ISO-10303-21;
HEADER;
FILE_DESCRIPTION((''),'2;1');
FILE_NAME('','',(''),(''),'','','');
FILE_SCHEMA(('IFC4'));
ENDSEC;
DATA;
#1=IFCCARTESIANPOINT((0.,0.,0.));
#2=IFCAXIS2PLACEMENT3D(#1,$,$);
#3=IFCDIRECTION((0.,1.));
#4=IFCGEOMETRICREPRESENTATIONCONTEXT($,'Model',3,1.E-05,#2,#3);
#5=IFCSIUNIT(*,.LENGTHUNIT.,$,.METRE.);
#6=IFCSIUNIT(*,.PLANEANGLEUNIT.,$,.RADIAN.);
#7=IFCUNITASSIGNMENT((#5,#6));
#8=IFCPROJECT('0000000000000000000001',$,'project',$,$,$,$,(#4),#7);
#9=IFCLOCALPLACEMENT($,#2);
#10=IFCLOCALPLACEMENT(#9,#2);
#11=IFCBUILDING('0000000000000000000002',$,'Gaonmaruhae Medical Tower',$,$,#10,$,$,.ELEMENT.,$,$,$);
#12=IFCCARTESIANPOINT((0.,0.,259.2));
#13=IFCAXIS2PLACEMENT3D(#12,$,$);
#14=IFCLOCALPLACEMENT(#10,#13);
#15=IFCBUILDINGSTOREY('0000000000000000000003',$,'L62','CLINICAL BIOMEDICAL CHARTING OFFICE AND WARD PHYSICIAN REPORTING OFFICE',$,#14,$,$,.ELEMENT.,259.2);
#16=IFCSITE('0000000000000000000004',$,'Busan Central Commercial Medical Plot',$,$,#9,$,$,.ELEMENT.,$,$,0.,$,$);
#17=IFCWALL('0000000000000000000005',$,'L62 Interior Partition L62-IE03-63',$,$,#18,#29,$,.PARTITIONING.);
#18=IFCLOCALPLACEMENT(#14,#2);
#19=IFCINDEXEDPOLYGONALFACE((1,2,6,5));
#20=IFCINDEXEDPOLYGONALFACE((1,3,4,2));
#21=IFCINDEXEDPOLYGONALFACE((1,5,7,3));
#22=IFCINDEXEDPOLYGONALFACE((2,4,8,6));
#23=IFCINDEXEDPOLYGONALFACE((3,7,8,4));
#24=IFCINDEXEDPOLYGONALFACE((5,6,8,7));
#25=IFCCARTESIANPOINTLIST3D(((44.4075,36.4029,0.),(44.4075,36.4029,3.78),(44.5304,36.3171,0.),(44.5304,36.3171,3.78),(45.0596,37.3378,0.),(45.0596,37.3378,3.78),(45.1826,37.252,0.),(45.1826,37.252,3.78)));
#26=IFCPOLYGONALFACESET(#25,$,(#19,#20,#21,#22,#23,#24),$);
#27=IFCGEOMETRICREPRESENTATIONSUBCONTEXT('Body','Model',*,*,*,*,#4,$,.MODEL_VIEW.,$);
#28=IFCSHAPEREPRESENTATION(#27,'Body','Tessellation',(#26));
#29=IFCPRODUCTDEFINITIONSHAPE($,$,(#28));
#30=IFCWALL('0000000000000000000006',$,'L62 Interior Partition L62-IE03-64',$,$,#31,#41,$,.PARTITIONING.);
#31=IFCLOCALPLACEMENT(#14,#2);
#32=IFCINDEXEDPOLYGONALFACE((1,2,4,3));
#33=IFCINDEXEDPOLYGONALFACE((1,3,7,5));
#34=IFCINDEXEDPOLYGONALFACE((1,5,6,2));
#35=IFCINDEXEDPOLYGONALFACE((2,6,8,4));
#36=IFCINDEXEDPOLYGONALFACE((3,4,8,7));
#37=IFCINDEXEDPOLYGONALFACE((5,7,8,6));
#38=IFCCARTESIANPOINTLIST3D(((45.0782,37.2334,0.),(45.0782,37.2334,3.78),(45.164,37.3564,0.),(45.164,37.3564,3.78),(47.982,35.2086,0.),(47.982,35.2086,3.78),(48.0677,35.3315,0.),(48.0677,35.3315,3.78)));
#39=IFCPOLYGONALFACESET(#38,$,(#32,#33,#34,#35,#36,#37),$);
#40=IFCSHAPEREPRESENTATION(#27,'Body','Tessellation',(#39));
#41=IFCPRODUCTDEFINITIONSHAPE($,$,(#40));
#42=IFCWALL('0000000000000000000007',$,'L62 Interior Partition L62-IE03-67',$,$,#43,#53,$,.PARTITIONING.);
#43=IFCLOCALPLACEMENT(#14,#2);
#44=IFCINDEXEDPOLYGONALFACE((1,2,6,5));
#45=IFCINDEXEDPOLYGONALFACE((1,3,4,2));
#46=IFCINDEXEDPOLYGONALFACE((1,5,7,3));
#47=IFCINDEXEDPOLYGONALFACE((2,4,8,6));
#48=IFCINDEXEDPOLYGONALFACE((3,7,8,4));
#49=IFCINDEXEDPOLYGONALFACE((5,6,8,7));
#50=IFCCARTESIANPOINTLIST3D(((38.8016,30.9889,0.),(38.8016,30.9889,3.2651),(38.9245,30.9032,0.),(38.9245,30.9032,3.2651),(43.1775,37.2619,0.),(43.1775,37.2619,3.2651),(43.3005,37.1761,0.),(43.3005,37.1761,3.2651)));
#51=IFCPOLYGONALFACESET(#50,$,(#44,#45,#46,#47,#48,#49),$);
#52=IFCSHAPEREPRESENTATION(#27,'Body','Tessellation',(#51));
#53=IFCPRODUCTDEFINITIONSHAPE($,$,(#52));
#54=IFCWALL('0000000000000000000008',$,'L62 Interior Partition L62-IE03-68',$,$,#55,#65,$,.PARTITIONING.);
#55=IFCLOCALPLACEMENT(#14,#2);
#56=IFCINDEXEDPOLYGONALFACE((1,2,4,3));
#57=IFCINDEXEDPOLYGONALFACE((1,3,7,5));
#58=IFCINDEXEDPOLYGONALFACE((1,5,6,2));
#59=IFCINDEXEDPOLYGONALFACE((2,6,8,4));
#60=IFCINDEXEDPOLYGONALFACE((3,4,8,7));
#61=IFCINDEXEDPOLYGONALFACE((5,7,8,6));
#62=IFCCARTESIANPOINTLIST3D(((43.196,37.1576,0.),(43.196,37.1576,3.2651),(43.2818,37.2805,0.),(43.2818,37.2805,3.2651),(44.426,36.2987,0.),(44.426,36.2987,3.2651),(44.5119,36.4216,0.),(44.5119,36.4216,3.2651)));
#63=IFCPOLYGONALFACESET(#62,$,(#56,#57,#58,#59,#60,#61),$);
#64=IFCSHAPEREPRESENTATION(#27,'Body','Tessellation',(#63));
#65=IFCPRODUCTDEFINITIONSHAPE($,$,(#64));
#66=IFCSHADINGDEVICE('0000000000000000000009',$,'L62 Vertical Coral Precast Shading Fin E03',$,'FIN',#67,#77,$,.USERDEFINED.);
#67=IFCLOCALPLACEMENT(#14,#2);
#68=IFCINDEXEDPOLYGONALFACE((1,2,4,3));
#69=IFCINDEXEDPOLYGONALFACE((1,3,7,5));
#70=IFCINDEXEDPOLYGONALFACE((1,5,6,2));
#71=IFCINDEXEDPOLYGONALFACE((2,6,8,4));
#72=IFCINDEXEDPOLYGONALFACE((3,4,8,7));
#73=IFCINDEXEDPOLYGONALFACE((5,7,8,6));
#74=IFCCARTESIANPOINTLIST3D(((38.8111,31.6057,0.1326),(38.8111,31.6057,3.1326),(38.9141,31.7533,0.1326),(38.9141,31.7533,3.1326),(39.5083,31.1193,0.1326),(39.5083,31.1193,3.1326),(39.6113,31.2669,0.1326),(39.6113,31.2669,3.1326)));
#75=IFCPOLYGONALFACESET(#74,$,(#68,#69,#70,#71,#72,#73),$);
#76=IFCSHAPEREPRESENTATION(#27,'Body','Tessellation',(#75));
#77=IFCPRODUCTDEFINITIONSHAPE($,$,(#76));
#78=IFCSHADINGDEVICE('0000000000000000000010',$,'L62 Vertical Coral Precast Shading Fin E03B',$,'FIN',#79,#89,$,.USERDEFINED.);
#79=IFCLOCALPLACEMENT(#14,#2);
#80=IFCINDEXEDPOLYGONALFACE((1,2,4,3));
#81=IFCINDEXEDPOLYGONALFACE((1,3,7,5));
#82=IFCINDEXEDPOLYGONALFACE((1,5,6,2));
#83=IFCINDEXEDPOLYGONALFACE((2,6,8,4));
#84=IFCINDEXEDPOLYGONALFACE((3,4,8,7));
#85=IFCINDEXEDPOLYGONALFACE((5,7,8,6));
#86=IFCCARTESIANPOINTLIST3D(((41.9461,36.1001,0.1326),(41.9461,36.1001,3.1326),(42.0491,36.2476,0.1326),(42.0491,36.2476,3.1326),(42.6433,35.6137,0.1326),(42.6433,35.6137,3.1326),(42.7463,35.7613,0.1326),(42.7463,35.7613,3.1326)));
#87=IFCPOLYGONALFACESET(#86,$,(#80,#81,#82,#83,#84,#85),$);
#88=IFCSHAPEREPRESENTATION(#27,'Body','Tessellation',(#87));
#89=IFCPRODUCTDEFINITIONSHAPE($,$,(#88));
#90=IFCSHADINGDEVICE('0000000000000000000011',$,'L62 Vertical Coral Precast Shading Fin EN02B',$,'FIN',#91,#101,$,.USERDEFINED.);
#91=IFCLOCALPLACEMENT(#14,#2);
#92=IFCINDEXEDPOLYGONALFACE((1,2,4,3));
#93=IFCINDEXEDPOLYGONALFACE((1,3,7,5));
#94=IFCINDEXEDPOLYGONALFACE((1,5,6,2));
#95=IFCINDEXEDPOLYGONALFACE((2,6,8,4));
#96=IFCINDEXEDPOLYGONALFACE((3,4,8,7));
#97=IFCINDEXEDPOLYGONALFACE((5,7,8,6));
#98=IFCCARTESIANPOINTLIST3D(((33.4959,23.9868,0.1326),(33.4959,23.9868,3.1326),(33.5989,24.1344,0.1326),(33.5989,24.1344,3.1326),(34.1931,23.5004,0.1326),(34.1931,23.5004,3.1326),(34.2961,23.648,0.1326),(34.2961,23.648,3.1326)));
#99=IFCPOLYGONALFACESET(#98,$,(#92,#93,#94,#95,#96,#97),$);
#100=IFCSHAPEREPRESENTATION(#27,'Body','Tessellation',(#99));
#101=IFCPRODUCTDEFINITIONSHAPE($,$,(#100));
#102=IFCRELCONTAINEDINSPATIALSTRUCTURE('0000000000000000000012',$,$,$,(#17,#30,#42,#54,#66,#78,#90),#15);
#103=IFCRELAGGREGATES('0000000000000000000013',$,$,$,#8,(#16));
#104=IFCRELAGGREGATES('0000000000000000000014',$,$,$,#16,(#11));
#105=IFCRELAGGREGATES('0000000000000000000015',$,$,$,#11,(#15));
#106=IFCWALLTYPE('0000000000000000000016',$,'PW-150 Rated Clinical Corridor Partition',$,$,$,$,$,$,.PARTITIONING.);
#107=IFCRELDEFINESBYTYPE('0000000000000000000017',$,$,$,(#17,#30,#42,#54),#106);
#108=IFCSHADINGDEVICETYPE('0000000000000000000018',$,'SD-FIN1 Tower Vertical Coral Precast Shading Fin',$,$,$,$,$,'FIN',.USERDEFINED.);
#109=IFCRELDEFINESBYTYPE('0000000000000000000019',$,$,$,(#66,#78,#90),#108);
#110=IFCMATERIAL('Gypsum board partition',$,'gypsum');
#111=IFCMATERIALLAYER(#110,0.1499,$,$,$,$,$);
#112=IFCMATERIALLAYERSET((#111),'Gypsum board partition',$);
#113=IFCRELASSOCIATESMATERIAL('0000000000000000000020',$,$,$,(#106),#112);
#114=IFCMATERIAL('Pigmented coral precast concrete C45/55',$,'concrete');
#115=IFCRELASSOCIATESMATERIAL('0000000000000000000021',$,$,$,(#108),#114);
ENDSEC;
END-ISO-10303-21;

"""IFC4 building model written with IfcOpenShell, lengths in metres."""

from ifc_helpers import new_model, si_unit, direction, frame, frame_2d, origin, origin_2d, place, context, subcontext, project, spatial, rectangle, extrude, material, layer, layer_set, type_object, element, save


model = new_model("IFC4")

# Units and contexts
model_context = context("Model", 3, precision=1e-05, world=origin(), true_north=direction((0.0, 1.0)))
body_context = subcontext(model_context, "Body", "Model", "MODEL_VIEW")
ifc_project = project(units=[si_unit("LENGTHUNIT", "METRE"), si_unit("PLANEANGLEUNIT", "RADIAN")], contexts=[model_context])

# Site, building, storey
site_placement = place(None, origin())
site = spatial("IfcSite", under=ifc_project, at=site_placement, Name="Busan Central Commercial Medical Plot", CompositionType="ELEMENT", RefElevation=0.0)
building_placement = place(site_placement, origin())
building = spatial("IfcBuilding", under=site, at=building_placement, Name="Gaonmaruhae Medical Tower", CompositionType="ELEMENT")
storey_placement = place(building_placement, frame((0.0, 0.0, 259.2)))
storey = spatial("IfcBuildingStorey", under=building, at=storey_placement, Name="L62", Description="CLINICAL BIOMEDICAL CHARTING OFFICE AND WARD PHYSICIAN REPORTING OFFICE", CompositionType="ELEMENT", Elevation=259.2)

# Shared definitions
ifc_material_1 = material(Name="Gypsum board partition", Category="gypsum")
ifc_layer_1 = layer(ifc_material_1, 0.1499)
ifc_layer_set_1 = layer_set([ifc_layer_1], Name="Gypsum board partition")
wall_type_1 = type_object("IfcWallType", Name="PW-150 Rated Clinical Corridor Partition", PredefinedType="PARTITIONING", material=ifc_layer_set_1)

# Walls
wall_1_placement = place(storey_placement, frame((44.469, 36.3601, 0.0), z_axis=(0.0, 0.0, 1.0), x_axis=(0.572125, 0.820167, 0.0)))
element("IfcWall", 1, at=wall_1_placement, inside=storey, type_object=wall_type_1, Name="L62 Interior Partition L62-IE03-63", PredefinedType="PARTITIONING", context=body_context, shape_type="SweptSolid", body=[
    extrude(rectangle(XDim=1.1399, YDim=0.1499, at=frame_2d((0.5698, 0.0))), origin(), (0.0, 0.0, 1.0), 3.78),
])
wall_2_placement = place(storey_placement, frame((45.1211, 37.2949, 0.0), z_axis=(0.0, 0.0, 1.0), x_axis=(0.820261, -0.57199, 0.0)))
element("IfcWall", 2, at=wall_2_placement, inside=storey, type_object=wall_type_1, Name="L62 Interior Partition L62-IE03-64", PredefinedType="PARTITIONING", context=body_context, shape_type="SweptSolid", body=[
    extrude(rectangle(XDim=3.54, YDim=0.1499, at=frame_2d((1.77, 0.0))), origin(), (0.0, 0.0, 1.0), 3.78),
])
wall_3_placement = place(storey_placement, frame((38.863, 30.946, 0.0), z_axis=(0.0, 0.0, 1.0), x_axis=(0.572138, 0.820158, 0.0)))
element("IfcWall", 3, at=wall_3_placement, inside=storey, type_object=wall_type_1, Name="L62 Interior Partition L62-IE03-67", PredefinedType="PARTITIONING", context=body_context, shape_type="SweptSolid", body=[
    extrude(rectangle(XDim=7.6484, YDim=0.1499, at=frame_2d((3.8242, 0.0))), origin(), (0.0, 0.0, 1.0), 3.2651),
])
wall_4_placement = place(storey_placement, frame((43.239, 37.219, 0.0), z_axis=(0.0, 0.0, 1.0), x_axis=(0.819889, -0.572523, 0.0)))
element("IfcWall", 4, at=wall_4_placement, inside=storey, type_object=wall_type_1, Name="L62 Interior Partition L62-IE03-68", PredefinedType="PARTITIONING", context=body_context, shape_type="SweptSolid", body=[
    extrude(rectangle(XDim=1.5002, YDim=0.1499, at=frame_2d((0.75, 0.0))), origin(), (0.0, 0.0, 1.0), 3.2651),
])

# Shading devices
ifc_material_2 = material(Name="Pigmented coral precast concrete C45/55", Category="concrete")
shading_device_type = type_object("IfcShadingDeviceType", Name="SD-FIN1 Tower Vertical Coral Precast Shading Fin", ElementType="FIN", PredefinedType="USERDEFINED", material=ifc_material_2)
for number, where, z_axis, x_axis, name in (
    (5, (39.2112, 31.4363, 0.1326), (0.0, 0.0, 1.0), (0.572146, 0.820152, 0.0), "L62 Vertical Coral Precast Shading Fin E03"),
    (6, (42.3462, 35.9307, 0.1326), (0.0, 0.0, 1.0), (0.572146, 0.820152, 0.0), "L62 Vertical Coral Precast Shading Fin E03B"),
    (7, (33.896, 23.8174, 0.1326), (0.0, 0.0, 1.0), (0.572146, 0.820152, 0.0), "L62 Vertical Coral Precast Shading Fin EN02B"),
):
    element("IfcShadingDevice", number, at=place(storey_placement, frame(where, z_axis=z_axis, x_axis=x_axis)), inside=storey, type_object=shading_device_type, Name=name, ObjectType="FIN", PredefinedType="USERDEFINED", context=body_context, shape_type="SweptSolid", body=[
        extrude(rectangle(XDim=0.1799, YDim=0.8501, at=origin_2d()), origin(), (0.0, 0.0, 1.0), 3.0),
    ])

save(model, "model.ifc")
